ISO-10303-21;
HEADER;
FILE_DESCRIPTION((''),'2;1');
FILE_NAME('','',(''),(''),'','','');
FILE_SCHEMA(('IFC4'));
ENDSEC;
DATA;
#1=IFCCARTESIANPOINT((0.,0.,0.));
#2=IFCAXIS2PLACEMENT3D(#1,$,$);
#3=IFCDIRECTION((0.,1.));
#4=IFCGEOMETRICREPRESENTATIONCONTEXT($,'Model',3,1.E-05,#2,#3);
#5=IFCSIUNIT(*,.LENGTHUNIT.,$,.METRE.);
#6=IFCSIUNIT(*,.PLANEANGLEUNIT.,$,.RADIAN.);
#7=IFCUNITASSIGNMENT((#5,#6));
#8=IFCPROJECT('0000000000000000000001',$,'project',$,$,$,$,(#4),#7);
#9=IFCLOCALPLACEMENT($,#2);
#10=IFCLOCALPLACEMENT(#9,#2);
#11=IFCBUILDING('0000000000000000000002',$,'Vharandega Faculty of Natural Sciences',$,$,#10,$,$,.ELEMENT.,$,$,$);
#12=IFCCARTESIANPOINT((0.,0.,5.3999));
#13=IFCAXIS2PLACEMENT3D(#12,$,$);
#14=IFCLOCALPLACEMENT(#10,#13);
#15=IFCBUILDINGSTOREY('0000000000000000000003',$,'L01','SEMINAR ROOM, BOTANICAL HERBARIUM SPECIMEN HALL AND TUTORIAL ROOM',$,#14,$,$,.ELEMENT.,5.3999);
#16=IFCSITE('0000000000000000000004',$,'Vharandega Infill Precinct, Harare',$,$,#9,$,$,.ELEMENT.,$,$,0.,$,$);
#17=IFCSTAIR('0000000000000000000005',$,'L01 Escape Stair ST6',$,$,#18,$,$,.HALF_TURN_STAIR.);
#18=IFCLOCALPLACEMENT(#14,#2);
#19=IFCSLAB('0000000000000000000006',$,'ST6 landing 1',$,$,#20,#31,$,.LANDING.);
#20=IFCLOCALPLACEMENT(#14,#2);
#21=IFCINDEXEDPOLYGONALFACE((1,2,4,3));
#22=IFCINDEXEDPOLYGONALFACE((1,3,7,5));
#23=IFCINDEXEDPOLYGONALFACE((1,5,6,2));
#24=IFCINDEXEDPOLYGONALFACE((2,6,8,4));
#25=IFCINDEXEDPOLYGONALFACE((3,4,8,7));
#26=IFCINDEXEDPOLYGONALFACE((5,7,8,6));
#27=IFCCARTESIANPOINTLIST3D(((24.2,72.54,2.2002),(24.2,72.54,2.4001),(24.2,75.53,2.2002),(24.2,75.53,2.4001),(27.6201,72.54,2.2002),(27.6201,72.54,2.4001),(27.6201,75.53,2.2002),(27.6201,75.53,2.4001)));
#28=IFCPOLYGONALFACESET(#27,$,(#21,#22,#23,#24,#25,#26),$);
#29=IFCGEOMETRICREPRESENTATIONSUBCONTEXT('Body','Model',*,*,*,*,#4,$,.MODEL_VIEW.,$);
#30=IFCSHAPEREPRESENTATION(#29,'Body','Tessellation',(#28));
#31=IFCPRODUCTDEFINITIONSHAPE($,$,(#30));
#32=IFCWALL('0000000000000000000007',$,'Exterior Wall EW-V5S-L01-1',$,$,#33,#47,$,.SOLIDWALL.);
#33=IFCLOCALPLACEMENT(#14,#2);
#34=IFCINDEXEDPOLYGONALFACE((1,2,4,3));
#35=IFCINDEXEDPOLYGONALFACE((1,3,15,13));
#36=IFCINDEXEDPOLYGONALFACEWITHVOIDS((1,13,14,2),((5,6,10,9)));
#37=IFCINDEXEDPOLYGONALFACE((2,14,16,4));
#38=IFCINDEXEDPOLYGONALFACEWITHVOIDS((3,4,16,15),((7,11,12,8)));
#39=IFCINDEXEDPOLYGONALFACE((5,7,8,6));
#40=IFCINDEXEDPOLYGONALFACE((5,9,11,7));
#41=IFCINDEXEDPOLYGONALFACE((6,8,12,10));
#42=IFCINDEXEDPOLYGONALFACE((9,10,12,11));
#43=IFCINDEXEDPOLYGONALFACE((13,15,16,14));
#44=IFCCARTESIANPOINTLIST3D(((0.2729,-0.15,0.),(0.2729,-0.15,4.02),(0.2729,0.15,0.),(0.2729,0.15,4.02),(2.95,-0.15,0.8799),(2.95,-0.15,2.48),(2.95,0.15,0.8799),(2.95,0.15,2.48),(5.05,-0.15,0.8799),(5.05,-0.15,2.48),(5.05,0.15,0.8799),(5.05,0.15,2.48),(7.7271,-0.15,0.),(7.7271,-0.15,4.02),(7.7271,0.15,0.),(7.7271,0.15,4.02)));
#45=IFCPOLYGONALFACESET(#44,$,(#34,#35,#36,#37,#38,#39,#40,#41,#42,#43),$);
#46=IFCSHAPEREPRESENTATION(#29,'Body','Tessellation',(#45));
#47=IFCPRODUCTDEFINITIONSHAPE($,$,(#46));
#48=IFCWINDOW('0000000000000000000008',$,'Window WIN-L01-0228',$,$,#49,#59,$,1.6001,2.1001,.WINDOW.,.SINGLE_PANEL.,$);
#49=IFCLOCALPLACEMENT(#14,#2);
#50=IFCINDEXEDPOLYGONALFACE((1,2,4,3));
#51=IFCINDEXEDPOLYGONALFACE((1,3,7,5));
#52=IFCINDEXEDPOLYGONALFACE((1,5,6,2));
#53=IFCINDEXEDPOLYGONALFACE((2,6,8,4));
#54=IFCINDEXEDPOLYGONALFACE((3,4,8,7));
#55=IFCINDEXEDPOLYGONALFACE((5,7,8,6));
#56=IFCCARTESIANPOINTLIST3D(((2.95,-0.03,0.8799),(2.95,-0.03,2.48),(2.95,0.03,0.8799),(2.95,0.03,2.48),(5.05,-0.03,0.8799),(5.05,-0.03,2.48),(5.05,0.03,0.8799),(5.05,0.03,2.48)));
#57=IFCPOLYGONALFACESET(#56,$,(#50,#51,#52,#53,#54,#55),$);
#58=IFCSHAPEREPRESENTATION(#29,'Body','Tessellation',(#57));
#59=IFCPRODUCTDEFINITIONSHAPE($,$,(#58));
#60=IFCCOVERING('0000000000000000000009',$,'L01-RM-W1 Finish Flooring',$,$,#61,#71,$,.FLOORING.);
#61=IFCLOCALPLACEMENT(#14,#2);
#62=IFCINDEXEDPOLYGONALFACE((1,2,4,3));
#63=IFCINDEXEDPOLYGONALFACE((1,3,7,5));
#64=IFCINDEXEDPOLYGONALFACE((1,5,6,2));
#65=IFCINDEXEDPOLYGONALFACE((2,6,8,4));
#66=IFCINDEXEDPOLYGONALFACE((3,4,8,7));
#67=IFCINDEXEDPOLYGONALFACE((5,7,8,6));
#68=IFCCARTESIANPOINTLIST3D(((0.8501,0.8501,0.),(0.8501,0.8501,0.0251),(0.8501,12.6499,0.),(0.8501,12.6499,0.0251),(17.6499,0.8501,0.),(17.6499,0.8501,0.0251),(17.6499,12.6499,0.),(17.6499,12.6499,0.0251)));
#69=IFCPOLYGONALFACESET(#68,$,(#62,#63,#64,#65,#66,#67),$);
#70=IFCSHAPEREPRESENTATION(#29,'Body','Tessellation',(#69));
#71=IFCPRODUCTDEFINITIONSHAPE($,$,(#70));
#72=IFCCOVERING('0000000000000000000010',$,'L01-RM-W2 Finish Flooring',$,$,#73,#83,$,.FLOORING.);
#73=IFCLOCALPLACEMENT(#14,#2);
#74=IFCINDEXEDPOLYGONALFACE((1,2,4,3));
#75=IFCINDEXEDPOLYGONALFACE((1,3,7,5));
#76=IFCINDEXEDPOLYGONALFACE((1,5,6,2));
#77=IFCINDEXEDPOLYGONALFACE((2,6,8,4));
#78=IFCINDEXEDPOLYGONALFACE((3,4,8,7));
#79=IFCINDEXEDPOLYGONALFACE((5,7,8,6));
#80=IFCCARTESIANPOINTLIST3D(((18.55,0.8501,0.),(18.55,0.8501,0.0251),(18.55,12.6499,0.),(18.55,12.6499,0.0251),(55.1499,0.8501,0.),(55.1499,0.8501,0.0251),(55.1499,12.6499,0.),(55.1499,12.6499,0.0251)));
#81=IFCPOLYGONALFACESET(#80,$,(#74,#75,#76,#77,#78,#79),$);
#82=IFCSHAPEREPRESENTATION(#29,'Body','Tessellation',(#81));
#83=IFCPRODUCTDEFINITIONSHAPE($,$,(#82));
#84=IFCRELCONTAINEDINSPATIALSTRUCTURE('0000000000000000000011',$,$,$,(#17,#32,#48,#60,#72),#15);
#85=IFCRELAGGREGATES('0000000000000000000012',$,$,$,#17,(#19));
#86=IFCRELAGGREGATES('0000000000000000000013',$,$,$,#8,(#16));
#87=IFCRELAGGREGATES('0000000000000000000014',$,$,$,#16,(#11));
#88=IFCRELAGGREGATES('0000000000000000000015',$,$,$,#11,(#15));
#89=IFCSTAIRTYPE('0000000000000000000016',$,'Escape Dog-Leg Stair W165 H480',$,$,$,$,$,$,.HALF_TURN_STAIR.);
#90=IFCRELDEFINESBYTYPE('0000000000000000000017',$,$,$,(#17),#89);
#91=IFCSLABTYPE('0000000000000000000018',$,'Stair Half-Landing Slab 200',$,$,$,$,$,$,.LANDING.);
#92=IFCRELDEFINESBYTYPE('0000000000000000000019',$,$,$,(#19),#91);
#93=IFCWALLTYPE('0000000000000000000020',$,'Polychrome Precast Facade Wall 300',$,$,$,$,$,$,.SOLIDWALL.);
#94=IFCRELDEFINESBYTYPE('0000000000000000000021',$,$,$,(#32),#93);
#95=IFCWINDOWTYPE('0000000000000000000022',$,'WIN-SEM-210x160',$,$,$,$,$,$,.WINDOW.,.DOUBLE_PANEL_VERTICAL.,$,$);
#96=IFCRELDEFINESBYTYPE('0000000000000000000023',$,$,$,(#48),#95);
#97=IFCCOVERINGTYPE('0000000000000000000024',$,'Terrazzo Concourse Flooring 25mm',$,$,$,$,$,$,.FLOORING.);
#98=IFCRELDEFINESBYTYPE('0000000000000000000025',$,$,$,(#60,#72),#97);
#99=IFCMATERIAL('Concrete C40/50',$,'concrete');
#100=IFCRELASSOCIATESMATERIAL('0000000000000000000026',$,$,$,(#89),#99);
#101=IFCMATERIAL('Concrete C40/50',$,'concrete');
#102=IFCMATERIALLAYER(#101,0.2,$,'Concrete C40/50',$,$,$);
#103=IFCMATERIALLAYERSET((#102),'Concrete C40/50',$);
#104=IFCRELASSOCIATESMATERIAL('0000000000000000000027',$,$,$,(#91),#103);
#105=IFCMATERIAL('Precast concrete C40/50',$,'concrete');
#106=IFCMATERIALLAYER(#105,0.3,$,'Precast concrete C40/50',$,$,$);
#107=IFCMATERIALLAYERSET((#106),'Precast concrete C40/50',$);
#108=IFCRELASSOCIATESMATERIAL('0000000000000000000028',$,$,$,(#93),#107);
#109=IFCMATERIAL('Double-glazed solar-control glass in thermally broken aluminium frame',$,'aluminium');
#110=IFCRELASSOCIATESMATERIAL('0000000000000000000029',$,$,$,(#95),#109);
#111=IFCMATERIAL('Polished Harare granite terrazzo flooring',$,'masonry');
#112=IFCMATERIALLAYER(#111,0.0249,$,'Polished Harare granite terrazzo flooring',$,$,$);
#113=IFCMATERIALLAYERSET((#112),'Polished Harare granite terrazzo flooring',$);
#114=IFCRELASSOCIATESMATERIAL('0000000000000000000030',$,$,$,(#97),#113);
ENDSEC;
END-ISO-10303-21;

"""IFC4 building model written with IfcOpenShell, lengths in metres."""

from ifc_helpers import new_model, si_unit, direction, frame, frame_2d, origin, place, context, subcontext, project, spatial, polyline, rectangle, outline, extrude, material, layer, layer_set, type_object, element, fill, aggregate, save


model = new_model("IFC4")

# Units and contexts
model_context = context("Model", 3, precision=1e-05, world=origin(), true_north=direction((0.0, 1.0)))
body_context = subcontext(model_context, "Body", "Model", "MODEL_VIEW")
ifc_project = project(units=[si_unit("LENGTHUNIT", "METRE"), si_unit("PLANEANGLEUNIT", "RADIAN")], contexts=[model_context])

# Site, building, storey
site_placement = place(None, origin())
site = spatial("IfcSite", under=ifc_project, at=site_placement, Name="Vharandega Infill Precinct, Harare", CompositionType="ELEMENT", RefElevation=0.0)
building_placement = place(site_placement, origin())
building = spatial("IfcBuilding", under=site, at=building_placement, Name="Vharandega Faculty of Natural Sciences", CompositionType="ELEMENT")
storey_placement = place(building_placement, frame((0.0, 0.0, 5.3999)))
storey = spatial("IfcBuildingStorey", under=building, at=storey_placement, Name="L01", Description="SEMINAR ROOM, BOTANICAL HERBARIUM SPECIMEN HALL AND TUTORIAL ROOM", CompositionType="ELEMENT", Elevation=5.3999)

# Stair, slab
ifc_material_1 = material(Name="Concrete C40/50", Category="concrete")
stair_type_1 = type_object("IfcStairType", Name="Escape Dog-Leg Stair W165 H480", PredefinedType="HALF_TURN_STAIR", material=ifc_material_1)
ifc_material_2 = material(Name="Concrete C40/50", Category="concrete")
ifc_layer_1 = layer(ifc_material_2, 0.2, Name="Concrete C40/50")
ifc_layer_set_1 = layer_set([ifc_layer_1], Name="Concrete C40/50")
slab_type_1 = type_object("IfcSlabType", Name="Stair Half-Landing Slab 200", PredefinedType="LANDING", material=ifc_layer_set_1)
stair_1_placement = place(storey_placement, origin())
stair_1 = element("IfcStair", 1, at=stair_1_placement, inside=storey, type_object=stair_type_1, Name="L01 Escape Stair ST6", PredefinedType="HALF_TURN_STAIR")
slab_1_placement = place(storey_placement, frame((0.0, 0.0, 2.2002)))
slab_1 = element("IfcSlab", 2, at=slab_1_placement, type_object=slab_type_1, Name="ST6 landing 1", PredefinedType="LANDING", context=body_context, shape_type="SweptSolid", body=[
    extrude(outline(polyline([(24.2, 75.53), (24.2, 72.54), (27.6201, 72.54), (27.6201, 75.53), (24.2, 75.53)])), origin(), (0.0, 0.0, 1.0), 0.2),
])
aggregate(stair_1, [slab_1])

# Wall, opening, window
ifc_material_3 = material(Name="Precast concrete C40/50", Category="concrete")
ifc_layer_2 = layer(ifc_material_3, 0.3, Name="Precast concrete C40/50")
ifc_layer_set_2 = layer_set([ifc_layer_2], Name="Precast concrete C40/50")
wall_type = type_object("IfcWallType", Name="Polychrome Precast Facade Wall 300", PredefinedType="SOLIDWALL", material=ifc_layer_set_2)
wall_placement = place(storey_placement, frame((7.7271, 0.0, 0.0), z_axis=(0.0, 0.0, 1.0), x_axis=(-1.0, 0.0, 0.0)))
wall = element("IfcWall", 3, at=wall_placement, inside=storey, type_object=wall_type, Name="Exterior Wall EW-V5S-L01-1", PredefinedType="SOLIDWALL", context=body_context, shape_type="SweptSolid", body=[
    extrude(rectangle(XDim=7.4541, YDim=0.3, at=frame_2d((3.7271, 0.0))), origin(), (0.0, 0.0, 1.0), 4.02),
])
opening_placement = place(wall_placement, frame((2.677, 0.0, 0.8799)))
opening = element("IfcOpeningElement", 4, at=opening_placement, cuts=wall, PredefinedType="OPENING", context=body_context, shape_type="SweptSolid", body=[
    extrude(rectangle(XDim=2.1001, YDim=1.6001, at=frame_2d((1.05, 0.8))), frame((0.0, 0.1602, 0.0), z_axis=(0.0, -1.0, 0.0), x_axis=(1.0, 0.0, 0.0)), (0.0, 0.0, 1.0), 0.3201),
])
ifc_material_4 = material(Name="Double-glazed solar-control glass in thermally broken aluminium frame", Category="aluminium")
window_type = type_object("IfcWindowType", Name="WIN-SEM-210x160", PartitioningType="DOUBLE_PANEL_VERTICAL", PredefinedType="WINDOW", material=ifc_material_4)
window_placement = place(opening_placement, origin())
window = element("IfcWindow", 5, at=window_placement, inside=storey, type_object=window_type, Name="Window WIN-L01-0228", OverallHeight=1.6001, OverallWidth=2.1001, PartitioningType="SINGLE_PANEL", PredefinedType="WINDOW", context=body_context, shape_type="SweptSolid", body=[
    extrude(rectangle(XDim=2.1001, YDim=1.6001, at=frame_2d((1.05, 0.8))), frame((0.0, 0.03, 0.0), z_axis=(0.0, -1.0, 0.0), x_axis=(1.0, 0.0, 0.0)), (0.0, 0.0, 1.0), 0.0601),
])
fill(opening, window)

# Coverings
ifc_material_5 = material(Name="Polished Harare granite terrazzo flooring", Category="masonry")
ifc_layer_3 = layer(ifc_material_5, 0.0249, Name="Polished Harare granite terrazzo flooring")
ifc_layer_set_3 = layer_set([ifc_layer_3], Name="Polished Harare granite terrazzo flooring")
covering_type = type_object("IfcCoveringType", Name="Terrazzo Concourse Flooring 25mm", PredefinedType="FLOORING", material=ifc_layer_set_3)
covering_1_placement = place(storey_placement, origin())
element("IfcCovering", 6, at=covering_1_placement, inside=storey, type_object=covering_type, Name="L01-RM-W1 Finish Flooring", PredefinedType="FLOORING", context=body_context, shape_type="SweptSolid", body=[
    extrude(outline(polyline([(0.8501, 0.8501), (17.6499, 0.8501), (17.6499, 12.6499), (0.8501, 12.6499), (0.8501, 0.8501)])), origin(), (0.0, 0.0, 1.0), 0.0251),
])
covering_2_placement = place(storey_placement, origin())
element("IfcCovering", 7, at=covering_2_placement, inside=storey, type_object=covering_type, Name="L01-RM-W2 Finish Flooring", PredefinedType="FLOORING", context=body_context, shape_type="SweptSolid", body=[
    extrude(outline(polyline([(18.55, 0.8501), (55.1499, 0.8501), (55.1499, 12.6499), (18.55, 12.6499), (18.55, 0.8501)])), origin(), (0.0, 0.0, 1.0), 0.0251),
])

save(model, "model.ifc")
